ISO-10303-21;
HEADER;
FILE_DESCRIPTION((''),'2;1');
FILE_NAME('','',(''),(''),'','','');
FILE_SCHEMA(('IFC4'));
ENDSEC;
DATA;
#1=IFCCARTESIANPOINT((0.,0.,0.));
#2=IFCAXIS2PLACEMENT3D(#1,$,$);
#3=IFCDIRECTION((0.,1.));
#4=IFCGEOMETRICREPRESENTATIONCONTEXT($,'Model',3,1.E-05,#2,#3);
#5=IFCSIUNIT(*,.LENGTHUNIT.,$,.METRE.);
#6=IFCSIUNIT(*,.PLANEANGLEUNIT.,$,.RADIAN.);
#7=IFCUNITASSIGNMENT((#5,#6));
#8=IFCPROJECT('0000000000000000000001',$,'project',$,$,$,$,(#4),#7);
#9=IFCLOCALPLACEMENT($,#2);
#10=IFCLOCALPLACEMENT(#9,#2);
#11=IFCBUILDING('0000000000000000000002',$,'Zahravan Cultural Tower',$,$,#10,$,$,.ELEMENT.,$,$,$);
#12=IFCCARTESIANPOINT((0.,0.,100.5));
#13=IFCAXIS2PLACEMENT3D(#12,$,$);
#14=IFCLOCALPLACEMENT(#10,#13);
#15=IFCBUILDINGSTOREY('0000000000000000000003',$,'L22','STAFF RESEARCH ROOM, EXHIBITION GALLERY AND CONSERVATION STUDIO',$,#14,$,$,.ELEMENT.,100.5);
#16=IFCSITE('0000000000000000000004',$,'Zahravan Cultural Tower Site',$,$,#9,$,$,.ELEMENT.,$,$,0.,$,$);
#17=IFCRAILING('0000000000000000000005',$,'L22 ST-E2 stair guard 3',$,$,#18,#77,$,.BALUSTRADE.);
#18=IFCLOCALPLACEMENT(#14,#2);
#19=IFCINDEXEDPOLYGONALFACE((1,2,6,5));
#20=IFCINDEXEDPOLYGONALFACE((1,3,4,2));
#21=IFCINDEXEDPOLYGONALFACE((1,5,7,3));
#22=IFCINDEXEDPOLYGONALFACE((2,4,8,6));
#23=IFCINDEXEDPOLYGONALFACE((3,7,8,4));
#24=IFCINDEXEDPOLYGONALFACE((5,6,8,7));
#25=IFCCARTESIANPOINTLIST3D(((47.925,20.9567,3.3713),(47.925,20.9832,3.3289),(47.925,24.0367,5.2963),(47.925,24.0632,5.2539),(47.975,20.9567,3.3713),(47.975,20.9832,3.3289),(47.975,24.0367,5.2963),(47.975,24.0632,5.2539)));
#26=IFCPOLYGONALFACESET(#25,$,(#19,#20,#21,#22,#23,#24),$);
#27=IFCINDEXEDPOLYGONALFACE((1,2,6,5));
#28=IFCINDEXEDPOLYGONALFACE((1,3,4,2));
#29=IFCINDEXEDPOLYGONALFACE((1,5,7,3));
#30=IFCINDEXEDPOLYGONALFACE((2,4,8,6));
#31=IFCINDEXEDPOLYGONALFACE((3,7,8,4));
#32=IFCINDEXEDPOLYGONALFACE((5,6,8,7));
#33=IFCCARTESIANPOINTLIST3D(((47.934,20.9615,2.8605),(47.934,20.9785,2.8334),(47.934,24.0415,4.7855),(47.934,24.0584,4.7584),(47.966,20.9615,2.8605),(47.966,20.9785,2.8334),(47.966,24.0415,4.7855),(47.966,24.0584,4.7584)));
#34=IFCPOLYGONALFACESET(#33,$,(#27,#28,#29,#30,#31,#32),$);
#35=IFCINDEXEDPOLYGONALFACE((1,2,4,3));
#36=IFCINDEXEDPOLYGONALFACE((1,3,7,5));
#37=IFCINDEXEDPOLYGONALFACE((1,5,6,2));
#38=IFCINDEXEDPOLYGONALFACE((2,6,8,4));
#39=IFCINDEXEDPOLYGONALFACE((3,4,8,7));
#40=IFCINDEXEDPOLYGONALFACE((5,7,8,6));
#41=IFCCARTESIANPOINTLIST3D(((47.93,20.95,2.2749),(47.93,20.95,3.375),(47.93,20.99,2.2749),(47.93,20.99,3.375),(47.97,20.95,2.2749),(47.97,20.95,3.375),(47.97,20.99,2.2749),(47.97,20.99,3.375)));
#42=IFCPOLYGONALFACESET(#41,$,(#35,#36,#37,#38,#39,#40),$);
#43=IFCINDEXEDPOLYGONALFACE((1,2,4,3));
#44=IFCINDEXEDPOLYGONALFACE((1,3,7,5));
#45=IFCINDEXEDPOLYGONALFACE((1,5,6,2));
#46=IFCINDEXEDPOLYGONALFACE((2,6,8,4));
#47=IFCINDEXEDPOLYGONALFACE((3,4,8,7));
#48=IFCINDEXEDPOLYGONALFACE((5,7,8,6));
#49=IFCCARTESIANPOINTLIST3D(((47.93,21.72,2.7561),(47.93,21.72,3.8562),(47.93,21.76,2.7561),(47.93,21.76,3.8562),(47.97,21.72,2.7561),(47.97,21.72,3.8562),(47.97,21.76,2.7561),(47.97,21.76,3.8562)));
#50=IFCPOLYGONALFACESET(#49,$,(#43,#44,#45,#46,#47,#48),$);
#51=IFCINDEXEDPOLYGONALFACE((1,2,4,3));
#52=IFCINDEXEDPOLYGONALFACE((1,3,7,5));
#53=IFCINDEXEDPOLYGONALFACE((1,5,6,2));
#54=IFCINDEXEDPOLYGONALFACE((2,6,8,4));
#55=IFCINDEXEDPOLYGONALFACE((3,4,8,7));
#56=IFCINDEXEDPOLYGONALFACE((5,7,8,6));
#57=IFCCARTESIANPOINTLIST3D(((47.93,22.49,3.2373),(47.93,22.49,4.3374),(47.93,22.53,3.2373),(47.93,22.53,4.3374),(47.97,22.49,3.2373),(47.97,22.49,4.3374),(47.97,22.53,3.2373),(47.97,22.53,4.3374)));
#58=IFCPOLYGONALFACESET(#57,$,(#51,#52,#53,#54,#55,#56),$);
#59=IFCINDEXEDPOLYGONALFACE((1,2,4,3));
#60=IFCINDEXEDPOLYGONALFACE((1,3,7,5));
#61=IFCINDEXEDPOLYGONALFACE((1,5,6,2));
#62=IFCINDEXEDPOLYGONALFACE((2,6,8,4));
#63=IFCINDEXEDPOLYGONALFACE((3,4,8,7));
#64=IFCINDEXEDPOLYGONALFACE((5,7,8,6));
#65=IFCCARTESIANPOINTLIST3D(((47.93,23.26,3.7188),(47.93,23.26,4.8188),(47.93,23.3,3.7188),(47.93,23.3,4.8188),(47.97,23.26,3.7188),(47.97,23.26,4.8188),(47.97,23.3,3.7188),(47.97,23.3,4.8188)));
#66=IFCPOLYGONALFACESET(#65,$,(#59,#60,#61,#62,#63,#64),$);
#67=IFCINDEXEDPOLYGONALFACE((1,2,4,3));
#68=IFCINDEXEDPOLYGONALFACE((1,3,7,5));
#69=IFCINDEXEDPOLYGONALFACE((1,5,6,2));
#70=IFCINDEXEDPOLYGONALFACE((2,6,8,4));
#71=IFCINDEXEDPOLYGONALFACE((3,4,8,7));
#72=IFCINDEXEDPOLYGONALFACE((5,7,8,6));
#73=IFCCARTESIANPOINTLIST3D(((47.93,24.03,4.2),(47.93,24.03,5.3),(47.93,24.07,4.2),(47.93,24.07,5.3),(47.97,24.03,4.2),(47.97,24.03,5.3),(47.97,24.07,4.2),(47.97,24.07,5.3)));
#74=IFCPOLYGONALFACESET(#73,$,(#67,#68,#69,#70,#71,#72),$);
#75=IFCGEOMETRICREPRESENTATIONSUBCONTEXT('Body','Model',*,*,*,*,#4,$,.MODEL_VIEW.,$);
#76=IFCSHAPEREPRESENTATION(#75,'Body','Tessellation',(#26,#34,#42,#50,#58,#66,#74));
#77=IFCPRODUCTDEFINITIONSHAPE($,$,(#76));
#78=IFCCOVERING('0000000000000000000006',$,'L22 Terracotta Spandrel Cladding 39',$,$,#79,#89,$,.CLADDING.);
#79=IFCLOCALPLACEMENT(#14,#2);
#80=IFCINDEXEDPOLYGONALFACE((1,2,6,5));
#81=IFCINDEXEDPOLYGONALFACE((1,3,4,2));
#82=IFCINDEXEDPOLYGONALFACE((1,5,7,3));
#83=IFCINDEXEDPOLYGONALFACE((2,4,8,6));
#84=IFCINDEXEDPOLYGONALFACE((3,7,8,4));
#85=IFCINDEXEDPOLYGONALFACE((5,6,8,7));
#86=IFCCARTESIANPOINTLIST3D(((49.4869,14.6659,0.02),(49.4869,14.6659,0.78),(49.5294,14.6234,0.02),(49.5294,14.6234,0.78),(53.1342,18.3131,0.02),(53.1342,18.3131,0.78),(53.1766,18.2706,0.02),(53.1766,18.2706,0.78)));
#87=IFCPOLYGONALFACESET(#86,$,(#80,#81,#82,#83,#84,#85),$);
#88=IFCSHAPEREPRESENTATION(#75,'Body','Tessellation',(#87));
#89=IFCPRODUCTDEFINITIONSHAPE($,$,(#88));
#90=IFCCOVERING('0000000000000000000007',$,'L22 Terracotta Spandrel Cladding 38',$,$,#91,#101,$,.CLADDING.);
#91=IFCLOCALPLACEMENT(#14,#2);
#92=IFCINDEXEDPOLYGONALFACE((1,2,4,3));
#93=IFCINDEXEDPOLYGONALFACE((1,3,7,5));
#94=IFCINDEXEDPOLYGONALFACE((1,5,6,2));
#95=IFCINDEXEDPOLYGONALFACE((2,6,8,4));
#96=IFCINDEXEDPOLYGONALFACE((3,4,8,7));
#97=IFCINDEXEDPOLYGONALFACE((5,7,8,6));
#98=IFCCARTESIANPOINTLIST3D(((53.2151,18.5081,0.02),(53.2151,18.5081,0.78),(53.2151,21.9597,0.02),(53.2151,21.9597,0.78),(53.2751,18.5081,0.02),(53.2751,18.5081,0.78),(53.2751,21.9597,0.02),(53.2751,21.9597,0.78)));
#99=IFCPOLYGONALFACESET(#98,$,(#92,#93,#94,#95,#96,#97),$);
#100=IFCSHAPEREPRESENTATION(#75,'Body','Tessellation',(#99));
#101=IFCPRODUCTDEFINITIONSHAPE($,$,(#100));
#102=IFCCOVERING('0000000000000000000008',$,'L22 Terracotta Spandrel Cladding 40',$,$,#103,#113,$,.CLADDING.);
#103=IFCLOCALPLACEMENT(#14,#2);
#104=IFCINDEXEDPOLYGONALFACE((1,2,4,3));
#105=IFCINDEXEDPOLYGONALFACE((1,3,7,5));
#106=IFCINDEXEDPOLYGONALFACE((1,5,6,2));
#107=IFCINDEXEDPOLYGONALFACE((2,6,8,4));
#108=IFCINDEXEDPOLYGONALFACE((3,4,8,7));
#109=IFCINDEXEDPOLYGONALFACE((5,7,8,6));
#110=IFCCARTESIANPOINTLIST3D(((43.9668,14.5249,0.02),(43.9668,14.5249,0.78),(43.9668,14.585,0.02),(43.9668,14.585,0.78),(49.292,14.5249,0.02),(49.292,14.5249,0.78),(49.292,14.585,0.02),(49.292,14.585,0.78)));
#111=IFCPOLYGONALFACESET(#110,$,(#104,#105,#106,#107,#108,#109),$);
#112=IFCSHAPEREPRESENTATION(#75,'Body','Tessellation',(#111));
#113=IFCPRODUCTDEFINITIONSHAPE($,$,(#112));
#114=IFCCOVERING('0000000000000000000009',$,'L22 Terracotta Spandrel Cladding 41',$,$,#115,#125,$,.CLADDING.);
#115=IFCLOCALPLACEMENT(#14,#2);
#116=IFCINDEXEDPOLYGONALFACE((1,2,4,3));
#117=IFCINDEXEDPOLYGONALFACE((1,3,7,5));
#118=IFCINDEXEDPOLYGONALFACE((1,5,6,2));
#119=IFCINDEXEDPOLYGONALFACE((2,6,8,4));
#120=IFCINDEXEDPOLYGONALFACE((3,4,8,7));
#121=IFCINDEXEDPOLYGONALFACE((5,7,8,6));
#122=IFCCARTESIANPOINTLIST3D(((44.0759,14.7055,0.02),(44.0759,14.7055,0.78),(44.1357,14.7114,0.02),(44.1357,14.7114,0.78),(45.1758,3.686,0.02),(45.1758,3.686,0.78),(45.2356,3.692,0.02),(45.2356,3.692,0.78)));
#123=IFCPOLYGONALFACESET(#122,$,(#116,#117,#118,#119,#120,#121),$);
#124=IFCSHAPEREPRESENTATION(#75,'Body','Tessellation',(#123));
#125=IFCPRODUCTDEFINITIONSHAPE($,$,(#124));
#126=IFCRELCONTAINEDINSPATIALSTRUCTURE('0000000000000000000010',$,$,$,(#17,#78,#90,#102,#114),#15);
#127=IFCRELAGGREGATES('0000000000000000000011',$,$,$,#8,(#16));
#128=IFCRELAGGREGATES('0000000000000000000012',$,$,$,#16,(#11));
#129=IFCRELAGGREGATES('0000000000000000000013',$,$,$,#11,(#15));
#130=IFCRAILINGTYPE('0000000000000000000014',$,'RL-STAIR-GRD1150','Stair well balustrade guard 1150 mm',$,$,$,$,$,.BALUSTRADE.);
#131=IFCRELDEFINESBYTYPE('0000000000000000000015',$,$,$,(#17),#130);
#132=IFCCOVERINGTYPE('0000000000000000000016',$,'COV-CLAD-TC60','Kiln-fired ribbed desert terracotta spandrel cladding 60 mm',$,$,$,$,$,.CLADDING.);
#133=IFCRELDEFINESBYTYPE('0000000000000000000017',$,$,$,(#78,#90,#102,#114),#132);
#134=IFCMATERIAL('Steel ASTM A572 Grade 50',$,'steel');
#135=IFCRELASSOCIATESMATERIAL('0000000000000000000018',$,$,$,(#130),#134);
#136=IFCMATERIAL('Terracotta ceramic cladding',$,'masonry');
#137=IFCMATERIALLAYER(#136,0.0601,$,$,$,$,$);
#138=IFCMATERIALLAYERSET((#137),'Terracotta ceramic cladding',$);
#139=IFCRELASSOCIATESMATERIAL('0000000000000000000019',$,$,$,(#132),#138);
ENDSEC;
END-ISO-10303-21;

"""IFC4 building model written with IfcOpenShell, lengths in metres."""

from ifc_helpers import new_model, si_unit, direction, frame, origin, origin_2d, place, context, subcontext, project, spatial, rectangle, extrude, source, transform, mapped, material, layer, layer_set, type_object, element, save


model = new_model("IFC4")

# Units and contexts
model_context = context("Model", 3, precision=1e-05, world=origin(), true_north=direction((0.0, 1.0)))
body_context = subcontext(model_context, "Body", "Model", "MODEL_VIEW")
ifc_project = project(units=[si_unit("LENGTHUNIT", "METRE"), si_unit("PLANEANGLEUNIT", "RADIAN")], contexts=[model_context])

# Site, building, storey
site_placement = place(None, origin())
site = spatial("IfcSite", under=ifc_project, at=site_placement, Name="Zahravan Cultural Tower Site", CompositionType="ELEMENT", RefElevation=0.0)
building_placement = place(site_placement, origin())
building = spatial("IfcBuilding", under=site, at=building_placement, Name="Zahravan Cultural Tower", CompositionType="ELEMENT")
storey_placement = place(building_placement, frame((0.0, 0.0, 100.5)))
storey = spatial("IfcBuildingStorey", under=building, at=storey_placement, Name="L22", Description="STAFF RESEARCH ROOM, EXHIBITION GALLERY AND CONSERVATION STUDIO", CompositionType="ELEMENT", Elevation=100.5)

# Shared definitions
ifc_material_1 = material(Name="Steel ASTM A572 Grade 50", Category="steel")

# Railing
railing_type = type_object("IfcRailingType", Name="RL-STAIR-GRD1150", Description="Stair well balustrade guard 1150 mm", PredefinedType="BALUSTRADE", material=ifc_material_1)
railing_1_placement = place(storey_placement, frame((47.95, 20.97, 2.2749)))
element("IfcRailing", 1, at=railing_1_placement, inside=storey, type_object=railing_type, Name="L22 ST-E2 stair guard 3", PredefinedType="BALUSTRADE", context=body_context, shape_type="SweptSolid", body=[
    extrude(rectangle(XDim=0.05, YDim=0.05, at=origin_2d()), frame((0.0, 0.0, 1.0752), z_axis=(0.0, 0.847998, 0.529999), x_axis=(-1.0, 0.0, 0.0)), (0.0, 0.0, 1.0), 3.6321),
    extrude(rectangle(XDim=0.032, YDim=0.032, at=origin_2d()), frame((0.0, 0.0, 0.572), z_axis=(0.0, 0.847998, 0.529999), x_axis=(-1.0, 0.0, 0.0)), (0.0, 0.0, 1.0), 3.6321),
    extrude(rectangle(XDim=0.04, YDim=0.04, at=origin_2d()), origin(), (0.0, 0.0, 1.0), 1.1001),
    extrude(rectangle(XDim=0.04, YDim=0.04, at=origin_2d()), frame((0.0, 0.77, 0.4812)), (0.0, 0.0, 1.0), 1.1001),
    extrude(rectangle(XDim=0.04, YDim=0.04, at=origin_2d()), frame((0.0, 1.54, 0.9624)), (0.0, 0.0, 1.0), 1.1001),
    extrude(rectangle(XDim=0.04, YDim=0.04, at=origin_2d()), frame((0.0, 2.3101, 1.4438)), (0.0, 0.0, 1.0), 1.1001),
    extrude(rectangle(XDim=0.04, YDim=0.04, at=origin_2d()), frame((0.0, 3.0801, 1.925)), (0.0, 0.0, 1.0), 1.1001),
])

# Coverings
ifc_material_2 = material(Name="Terracotta ceramic cladding", Category="masonry")
ifc_layer_1 = layer(ifc_material_2, 0.0601)
ifc_layer_set_1 = layer_set([ifc_layer_1], Name="Terracotta ceramic cladding")
covering_type = type_object("IfcCoveringType", Name="COV-CLAD-TC60", Description="Kiln-fired ribbed desert terracotta spandrel cladding 60 mm", PredefinedType="CLADDING", material=ifc_layer_set_1)
shared_shape_1 = source(origin(), body_context, "Body", "SweptSolid", [
    extrude(rectangle(XDim=5.158, YDim=0.0601, at=origin_2d()), origin(), (0.0, 0.0, 1.0), 0.76),
])
covering_1_placement = place(storey_placement, frame((51.3318, 16.4683, 0.02), z_axis=(0.0, 0.0, 1.0), x_axis=(-0.707107, -0.707107, 0.0)))
element("IfcCovering", 2, at=covering_1_placement, inside=storey, type_object=covering_type, Name="L22 Terracotta Spandrel Cladding 39", PredefinedType="CLADDING", context=body_context, shape_type="MappedRepresentation", body=[
    mapped(shared_shape_1, transform((0.0, 0.0, 0.0), x_axis=(1.0, 0.0, 0.0), y_axis=(0.0, 1.0, 0.0), z_axis=(0.0, 0.0, 1.0), scale=1.0)),
])
shared_shape_2 = source(origin(), body_context, "Body", "SweptSolid", [
    extrude(rectangle(XDim=3.4517, YDim=0.0601, at=origin_2d()), origin(), (0.0, 0.0, 1.0), 0.76),
])
covering_2_placement = place(storey_placement, frame((53.2451, 20.2339, 0.02), z_axis=(0.0, 0.0, 1.0), x_axis=(0.0, -1.0, 0.0)))
element("IfcCovering", 3, at=covering_2_placement, inside=storey, type_object=covering_type, Name="L22 Terracotta Spandrel Cladding 38", PredefinedType="CLADDING", context=body_context, shape_type="MappedRepresentation", body=[
    mapped(shared_shape_2, transform((0.0, 0.0, 0.0), x_axis=(1.0, 0.0, 0.0), y_axis=(0.0, 1.0, 0.0), z_axis=(0.0, 0.0, 1.0), scale=1.0)),
])
shared_shape_3 = source(origin(), body_context, "Body", "SweptSolid", [
    extrude(rectangle(XDim=5.3252, YDim=0.0601, at=origin_2d()), origin(), (0.0, 0.0, 1.0), 0.76),
])
covering_3_placement = place(storey_placement, frame((46.6294, 14.5549, 0.02), z_axis=(0.0, 0.0, 1.0), x_axis=(-1.0, 0.0, 0.0)))
element("IfcCovering", 4, at=covering_3_placement, inside=storey, type_object=covering_type, Name="L22 Terracotta Spandrel Cladding 40", PredefinedType="CLADDING", context=body_context, shape_type="MappedRepresentation", body=[
    mapped(shared_shape_3, transform((0.0, 0.0, 0.0), x_axis=(1.0, 0.0, 0.0), y_axis=(0.0, 1.0, 0.0), z_axis=(0.0, 0.0, 1.0), scale=1.0)),
])
shared_shape_4 = source(origin(), body_context, "Body", "SweptSolid", [
    extrude(rectangle(XDim=11.0742, YDim=0.0601, at=origin_2d()), origin(), (0.0, 0.0, 1.0), 0.76),
])
covering_4_placement = place(storey_placement, frame((44.6558, 9.1987, 0.02), z_axis=(0.0, 0.0, 1.0), x_axis=(0.09932, -0.995056, 0.0)))
element("IfcCovering", 5, at=covering_4_placement, inside=storey, type_object=covering_type, Name="L22 Terracotta Spandrel Cladding 41", PredefinedType="CLADDING", context=body_context, shape_type="MappedRepresentation", body=[
    mapped(shared_shape_4, transform((0.0, 0.0, 0.0), x_axis=(1.0, 0.0, 0.0), y_axis=(0.0, 1.0, 0.0), z_axis=(0.0, 0.0, 1.0), scale=1.0)),
])

save(model, "model.ifc")
